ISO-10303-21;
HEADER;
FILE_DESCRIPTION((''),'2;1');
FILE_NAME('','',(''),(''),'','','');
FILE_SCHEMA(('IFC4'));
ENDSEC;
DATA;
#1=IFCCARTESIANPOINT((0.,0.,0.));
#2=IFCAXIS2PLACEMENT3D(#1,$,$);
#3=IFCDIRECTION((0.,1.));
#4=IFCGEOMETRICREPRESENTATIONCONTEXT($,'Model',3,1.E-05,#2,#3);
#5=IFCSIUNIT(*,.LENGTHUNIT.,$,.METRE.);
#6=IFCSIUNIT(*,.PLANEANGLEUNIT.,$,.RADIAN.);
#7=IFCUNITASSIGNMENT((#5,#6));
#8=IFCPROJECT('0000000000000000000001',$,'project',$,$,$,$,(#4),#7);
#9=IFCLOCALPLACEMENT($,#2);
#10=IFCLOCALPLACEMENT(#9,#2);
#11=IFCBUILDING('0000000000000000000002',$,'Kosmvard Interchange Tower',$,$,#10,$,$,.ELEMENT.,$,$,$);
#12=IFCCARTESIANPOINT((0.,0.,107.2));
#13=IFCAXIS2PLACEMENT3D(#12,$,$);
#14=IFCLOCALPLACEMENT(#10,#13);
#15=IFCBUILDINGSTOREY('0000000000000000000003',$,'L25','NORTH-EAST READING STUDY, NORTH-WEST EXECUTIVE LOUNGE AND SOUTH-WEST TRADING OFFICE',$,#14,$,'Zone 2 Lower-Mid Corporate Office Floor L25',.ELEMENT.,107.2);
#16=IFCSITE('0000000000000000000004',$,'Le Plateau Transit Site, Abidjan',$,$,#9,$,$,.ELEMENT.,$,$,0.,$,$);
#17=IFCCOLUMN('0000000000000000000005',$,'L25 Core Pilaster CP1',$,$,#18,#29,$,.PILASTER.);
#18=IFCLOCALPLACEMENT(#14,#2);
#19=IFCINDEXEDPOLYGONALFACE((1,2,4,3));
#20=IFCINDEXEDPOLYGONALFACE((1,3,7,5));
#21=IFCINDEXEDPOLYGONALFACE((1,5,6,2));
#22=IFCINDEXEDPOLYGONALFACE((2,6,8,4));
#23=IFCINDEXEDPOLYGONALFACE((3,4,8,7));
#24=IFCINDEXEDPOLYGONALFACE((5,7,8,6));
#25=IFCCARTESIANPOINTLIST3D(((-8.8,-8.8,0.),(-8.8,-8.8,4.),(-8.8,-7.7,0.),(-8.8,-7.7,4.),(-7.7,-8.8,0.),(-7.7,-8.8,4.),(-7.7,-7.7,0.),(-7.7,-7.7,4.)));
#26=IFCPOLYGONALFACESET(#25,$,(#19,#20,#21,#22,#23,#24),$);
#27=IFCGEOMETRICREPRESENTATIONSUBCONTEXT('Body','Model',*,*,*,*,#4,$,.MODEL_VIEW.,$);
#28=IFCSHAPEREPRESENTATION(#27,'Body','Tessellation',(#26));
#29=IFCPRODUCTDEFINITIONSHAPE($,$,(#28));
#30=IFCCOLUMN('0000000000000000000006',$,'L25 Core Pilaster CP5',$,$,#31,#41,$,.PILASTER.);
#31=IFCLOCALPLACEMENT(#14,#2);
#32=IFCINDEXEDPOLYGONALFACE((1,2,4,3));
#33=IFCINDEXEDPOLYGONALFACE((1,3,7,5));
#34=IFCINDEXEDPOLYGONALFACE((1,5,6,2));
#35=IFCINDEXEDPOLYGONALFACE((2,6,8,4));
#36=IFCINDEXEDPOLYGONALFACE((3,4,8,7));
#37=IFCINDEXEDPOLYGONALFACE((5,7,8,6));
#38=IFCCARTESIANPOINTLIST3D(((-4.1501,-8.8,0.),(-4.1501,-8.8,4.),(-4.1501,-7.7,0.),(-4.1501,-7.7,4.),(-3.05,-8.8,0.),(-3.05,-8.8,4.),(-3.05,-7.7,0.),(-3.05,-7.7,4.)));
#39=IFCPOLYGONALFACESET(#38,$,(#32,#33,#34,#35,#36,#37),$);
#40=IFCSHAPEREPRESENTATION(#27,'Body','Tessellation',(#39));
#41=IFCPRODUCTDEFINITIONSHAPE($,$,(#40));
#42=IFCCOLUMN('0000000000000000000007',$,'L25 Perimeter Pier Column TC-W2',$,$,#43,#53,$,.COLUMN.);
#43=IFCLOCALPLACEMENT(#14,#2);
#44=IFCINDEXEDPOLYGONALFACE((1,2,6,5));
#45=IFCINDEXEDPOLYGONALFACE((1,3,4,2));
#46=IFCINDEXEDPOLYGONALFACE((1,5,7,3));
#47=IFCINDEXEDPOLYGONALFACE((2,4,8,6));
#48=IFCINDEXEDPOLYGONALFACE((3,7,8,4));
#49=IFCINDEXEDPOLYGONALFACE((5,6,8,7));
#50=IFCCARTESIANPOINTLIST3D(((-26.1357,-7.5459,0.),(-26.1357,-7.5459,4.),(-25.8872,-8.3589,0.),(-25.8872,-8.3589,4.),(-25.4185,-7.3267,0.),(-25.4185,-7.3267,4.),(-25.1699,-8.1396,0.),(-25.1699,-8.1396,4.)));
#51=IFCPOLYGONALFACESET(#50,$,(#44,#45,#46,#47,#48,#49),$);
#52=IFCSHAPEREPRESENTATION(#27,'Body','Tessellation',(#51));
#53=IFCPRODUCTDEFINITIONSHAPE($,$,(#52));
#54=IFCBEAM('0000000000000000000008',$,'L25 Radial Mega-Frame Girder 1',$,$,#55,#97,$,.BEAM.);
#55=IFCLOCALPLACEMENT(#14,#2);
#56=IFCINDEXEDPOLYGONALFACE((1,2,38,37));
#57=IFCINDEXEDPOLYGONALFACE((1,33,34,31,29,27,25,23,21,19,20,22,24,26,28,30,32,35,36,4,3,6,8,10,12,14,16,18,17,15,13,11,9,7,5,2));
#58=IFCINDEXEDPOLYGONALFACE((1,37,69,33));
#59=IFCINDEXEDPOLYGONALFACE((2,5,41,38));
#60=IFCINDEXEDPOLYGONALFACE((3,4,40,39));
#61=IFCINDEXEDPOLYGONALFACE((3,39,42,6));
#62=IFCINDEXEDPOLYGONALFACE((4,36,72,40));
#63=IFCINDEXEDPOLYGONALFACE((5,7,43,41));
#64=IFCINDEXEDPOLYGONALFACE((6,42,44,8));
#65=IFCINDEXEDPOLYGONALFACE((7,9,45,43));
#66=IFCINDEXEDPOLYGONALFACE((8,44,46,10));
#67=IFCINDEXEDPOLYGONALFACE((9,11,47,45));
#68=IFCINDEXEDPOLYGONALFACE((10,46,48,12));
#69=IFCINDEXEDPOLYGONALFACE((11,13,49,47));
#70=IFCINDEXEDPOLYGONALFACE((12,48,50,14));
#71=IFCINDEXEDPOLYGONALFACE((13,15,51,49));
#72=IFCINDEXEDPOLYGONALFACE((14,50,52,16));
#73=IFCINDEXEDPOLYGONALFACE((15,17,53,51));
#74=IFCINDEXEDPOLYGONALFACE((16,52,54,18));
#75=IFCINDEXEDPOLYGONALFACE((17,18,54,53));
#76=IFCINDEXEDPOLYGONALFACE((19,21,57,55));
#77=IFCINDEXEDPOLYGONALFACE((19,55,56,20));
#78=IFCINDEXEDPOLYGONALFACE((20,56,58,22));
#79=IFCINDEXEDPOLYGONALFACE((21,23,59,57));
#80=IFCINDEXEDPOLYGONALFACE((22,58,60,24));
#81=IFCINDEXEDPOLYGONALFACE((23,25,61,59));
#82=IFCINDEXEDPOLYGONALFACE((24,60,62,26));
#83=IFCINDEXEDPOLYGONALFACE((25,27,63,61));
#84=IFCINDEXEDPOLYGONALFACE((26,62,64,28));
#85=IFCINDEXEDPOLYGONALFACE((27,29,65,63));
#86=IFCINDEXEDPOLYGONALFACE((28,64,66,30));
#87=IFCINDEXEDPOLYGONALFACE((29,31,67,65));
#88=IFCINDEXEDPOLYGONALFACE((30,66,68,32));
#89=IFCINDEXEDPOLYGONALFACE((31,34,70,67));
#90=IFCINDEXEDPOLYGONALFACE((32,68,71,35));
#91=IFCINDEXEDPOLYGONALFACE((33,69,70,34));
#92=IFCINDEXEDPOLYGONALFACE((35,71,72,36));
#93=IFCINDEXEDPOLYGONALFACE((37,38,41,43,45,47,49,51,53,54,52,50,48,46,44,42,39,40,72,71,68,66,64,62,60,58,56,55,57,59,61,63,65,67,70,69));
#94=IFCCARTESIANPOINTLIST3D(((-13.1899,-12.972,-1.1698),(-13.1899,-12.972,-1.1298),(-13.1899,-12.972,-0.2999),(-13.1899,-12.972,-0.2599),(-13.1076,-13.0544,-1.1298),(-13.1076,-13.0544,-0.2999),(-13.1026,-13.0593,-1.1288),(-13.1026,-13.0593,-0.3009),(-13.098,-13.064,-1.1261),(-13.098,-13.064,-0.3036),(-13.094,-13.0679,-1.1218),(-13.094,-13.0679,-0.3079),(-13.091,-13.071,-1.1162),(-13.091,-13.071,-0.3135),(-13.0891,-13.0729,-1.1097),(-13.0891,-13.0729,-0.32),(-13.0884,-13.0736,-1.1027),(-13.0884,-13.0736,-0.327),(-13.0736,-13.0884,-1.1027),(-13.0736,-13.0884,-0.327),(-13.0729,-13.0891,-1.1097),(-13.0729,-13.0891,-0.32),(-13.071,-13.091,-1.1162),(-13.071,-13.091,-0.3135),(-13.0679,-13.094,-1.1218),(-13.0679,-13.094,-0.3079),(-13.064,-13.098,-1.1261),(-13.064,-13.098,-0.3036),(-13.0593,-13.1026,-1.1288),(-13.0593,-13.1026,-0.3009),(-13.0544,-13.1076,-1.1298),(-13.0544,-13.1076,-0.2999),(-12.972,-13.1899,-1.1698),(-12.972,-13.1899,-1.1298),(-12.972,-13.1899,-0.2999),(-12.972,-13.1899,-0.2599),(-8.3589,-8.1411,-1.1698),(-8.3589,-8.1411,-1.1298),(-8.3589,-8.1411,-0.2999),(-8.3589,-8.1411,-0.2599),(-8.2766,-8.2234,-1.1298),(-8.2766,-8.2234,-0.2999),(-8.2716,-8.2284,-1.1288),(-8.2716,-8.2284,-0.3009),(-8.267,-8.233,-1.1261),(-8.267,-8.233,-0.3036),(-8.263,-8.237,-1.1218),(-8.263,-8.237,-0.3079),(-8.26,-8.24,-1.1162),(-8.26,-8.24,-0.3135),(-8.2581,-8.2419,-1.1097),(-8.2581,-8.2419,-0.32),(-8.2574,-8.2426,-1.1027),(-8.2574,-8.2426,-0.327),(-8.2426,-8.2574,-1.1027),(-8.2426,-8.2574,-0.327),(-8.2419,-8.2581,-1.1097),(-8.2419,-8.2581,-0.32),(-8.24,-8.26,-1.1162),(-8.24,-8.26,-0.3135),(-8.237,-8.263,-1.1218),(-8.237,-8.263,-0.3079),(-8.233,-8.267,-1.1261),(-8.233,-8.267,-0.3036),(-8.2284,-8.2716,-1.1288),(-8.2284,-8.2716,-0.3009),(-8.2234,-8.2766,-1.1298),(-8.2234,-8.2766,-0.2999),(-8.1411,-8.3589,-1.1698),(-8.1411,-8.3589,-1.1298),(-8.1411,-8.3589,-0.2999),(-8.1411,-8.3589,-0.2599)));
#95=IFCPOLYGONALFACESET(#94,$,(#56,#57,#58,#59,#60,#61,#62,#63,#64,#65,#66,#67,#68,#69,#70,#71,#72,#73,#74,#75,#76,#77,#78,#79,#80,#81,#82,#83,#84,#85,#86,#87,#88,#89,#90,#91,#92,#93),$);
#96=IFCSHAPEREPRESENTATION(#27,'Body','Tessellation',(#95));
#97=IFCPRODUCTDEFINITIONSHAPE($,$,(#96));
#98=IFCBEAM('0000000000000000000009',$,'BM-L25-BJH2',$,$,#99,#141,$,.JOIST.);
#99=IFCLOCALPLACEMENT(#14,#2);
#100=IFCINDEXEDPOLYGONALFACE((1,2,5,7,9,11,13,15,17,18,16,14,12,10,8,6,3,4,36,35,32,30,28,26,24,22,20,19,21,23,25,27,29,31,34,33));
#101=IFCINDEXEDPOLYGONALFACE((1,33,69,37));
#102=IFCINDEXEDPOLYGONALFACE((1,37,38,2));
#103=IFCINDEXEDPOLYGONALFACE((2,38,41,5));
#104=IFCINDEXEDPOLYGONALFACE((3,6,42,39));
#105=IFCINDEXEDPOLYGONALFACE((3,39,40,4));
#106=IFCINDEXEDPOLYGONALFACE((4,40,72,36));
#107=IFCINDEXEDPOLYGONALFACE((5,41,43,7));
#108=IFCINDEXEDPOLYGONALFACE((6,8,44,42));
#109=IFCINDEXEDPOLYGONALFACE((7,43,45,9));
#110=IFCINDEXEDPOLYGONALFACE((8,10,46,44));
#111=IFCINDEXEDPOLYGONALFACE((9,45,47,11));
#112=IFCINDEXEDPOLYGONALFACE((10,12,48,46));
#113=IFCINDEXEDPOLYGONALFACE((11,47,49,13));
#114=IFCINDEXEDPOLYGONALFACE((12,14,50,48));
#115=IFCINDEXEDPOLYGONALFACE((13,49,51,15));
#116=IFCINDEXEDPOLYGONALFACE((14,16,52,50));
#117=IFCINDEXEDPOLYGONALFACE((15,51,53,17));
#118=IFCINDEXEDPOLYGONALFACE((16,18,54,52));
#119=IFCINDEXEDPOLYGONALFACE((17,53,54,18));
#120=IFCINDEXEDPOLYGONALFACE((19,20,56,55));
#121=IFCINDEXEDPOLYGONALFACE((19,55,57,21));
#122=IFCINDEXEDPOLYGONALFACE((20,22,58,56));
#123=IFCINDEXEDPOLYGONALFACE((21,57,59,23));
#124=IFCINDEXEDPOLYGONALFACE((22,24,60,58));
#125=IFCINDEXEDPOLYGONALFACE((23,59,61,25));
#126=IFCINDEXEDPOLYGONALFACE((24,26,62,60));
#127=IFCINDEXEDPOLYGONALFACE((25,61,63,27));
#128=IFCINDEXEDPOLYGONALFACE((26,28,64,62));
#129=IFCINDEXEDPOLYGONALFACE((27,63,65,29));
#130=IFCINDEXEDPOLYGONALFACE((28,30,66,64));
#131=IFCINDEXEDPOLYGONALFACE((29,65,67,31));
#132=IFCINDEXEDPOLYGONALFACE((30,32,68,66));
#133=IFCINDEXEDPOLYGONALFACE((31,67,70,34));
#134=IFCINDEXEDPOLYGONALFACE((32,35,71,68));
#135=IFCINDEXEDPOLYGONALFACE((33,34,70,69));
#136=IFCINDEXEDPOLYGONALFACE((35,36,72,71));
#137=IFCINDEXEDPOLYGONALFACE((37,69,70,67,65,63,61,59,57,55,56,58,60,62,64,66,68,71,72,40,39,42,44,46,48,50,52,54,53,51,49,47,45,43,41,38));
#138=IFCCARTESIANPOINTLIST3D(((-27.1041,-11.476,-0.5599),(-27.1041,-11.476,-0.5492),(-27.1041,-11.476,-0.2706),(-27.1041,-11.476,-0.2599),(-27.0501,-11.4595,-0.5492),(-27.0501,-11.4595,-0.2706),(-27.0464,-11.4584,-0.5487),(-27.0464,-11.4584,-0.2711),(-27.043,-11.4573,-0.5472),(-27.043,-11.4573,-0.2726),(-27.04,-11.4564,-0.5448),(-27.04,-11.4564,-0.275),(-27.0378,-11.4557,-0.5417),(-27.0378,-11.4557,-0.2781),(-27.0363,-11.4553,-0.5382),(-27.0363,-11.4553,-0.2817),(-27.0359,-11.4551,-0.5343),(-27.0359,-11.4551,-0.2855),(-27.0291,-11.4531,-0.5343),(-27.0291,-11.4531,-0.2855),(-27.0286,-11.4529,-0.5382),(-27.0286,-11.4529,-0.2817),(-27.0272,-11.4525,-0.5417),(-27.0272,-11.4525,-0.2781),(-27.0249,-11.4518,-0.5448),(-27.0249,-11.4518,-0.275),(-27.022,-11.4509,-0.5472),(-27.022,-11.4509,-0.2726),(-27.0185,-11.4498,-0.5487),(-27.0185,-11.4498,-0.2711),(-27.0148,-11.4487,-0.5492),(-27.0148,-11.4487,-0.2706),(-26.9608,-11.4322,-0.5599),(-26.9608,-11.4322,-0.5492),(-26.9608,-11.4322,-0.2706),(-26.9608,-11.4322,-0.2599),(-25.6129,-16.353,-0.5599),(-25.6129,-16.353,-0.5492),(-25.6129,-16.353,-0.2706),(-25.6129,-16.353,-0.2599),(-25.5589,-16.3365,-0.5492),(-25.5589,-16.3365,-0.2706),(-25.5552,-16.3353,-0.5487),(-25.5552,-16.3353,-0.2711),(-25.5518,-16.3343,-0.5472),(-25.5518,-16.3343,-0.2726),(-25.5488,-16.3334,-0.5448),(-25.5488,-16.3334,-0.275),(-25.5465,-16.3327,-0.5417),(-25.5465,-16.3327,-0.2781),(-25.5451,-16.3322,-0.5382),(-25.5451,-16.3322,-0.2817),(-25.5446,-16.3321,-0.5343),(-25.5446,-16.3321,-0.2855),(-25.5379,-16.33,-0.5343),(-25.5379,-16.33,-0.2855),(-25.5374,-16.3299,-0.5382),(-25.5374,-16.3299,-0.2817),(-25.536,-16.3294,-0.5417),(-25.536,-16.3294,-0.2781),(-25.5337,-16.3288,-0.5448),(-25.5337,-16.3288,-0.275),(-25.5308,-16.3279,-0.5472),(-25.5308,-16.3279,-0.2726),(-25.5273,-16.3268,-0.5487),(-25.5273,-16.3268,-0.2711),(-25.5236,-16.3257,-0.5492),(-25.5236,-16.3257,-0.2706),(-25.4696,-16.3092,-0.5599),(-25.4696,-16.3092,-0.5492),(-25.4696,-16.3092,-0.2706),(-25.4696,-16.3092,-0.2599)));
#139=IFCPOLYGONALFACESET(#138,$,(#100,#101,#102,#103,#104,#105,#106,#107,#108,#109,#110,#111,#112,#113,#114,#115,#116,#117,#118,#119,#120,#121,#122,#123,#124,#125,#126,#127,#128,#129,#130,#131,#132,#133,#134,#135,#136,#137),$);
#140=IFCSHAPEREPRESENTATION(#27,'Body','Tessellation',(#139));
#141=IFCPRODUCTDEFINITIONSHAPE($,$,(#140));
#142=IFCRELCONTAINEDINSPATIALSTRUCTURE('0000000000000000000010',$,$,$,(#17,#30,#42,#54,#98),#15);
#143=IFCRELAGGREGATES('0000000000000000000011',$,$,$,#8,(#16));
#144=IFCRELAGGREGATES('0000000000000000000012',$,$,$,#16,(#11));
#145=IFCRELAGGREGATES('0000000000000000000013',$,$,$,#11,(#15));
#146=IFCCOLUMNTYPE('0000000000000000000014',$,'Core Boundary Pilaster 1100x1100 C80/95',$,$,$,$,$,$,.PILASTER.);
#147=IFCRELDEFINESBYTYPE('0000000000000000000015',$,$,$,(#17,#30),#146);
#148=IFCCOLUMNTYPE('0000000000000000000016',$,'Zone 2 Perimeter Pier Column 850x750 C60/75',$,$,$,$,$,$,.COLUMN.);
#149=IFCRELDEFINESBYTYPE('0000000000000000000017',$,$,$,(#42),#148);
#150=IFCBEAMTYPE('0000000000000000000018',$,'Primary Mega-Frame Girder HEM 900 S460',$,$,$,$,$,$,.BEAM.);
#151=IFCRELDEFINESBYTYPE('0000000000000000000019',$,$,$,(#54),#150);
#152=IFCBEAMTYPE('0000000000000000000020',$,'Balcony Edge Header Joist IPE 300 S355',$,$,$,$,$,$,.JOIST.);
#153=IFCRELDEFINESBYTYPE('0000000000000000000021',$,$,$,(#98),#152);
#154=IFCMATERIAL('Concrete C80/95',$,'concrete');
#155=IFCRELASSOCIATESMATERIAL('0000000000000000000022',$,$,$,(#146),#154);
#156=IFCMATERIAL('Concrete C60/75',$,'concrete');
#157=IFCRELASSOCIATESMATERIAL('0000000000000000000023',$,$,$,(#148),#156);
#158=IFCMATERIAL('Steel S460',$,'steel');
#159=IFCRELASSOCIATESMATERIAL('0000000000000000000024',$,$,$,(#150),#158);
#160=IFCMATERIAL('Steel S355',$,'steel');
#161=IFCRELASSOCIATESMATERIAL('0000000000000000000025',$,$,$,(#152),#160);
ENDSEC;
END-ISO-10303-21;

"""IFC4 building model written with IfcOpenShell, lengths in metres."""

from ifc_helpers import new_model, si_unit, direction, frame, origin, origin_2d, place, context, subcontext, project, spatial, rectangle, i_section, extrude, source, transform, mapped, material, material_profile, profile_set, type_object, element, save


model = new_model("IFC4")

# Units and contexts
model_context = context("Model", 3, precision=1e-05, world=origin(), true_north=direction((0.0, 1.0)))
body_context = subcontext(model_context, "Body", "Model", "MODEL_VIEW")
ifc_project = project(units=[si_unit("LENGTHUNIT", "METRE"), si_unit("PLANEANGLEUNIT", "RADIAN")], contexts=[model_context])

# Site, building, storey
site_placement = place(None, origin())
site = spatial("IfcSite", under=ifc_project, at=site_placement, Name="Le Plateau Transit Site, Abidjan", CompositionType="ELEMENT", RefElevation=0.0)
building_placement = place(site_placement, origin())
building = spatial("IfcBuilding", under=site, at=building_placement, Name="Kosmvard Interchange Tower", CompositionType="ELEMENT")
storey_placement = place(building_placement, frame((0.0, 0.0, 107.2)))
storey = spatial("IfcBuildingStorey", under=building, at=storey_placement, Name="L25", Description="NORTH-EAST READING STUDY, NORTH-WEST EXECUTIVE LOUNGE AND SOUTH-WEST TRADING OFFICE", LongName="Zone 2 Lower-Mid Corporate Office Floor L25", CompositionType="ELEMENT", Elevation=107.2)

# Columns
ifc_material_1 = material(Name="Concrete C80/95", Category="concrete")
ifc_material_profile_1 = material_profile(ifc_material_1, rectangle(XDim=1.1001, YDim=1.1001, at=origin_2d()), Name="CP 1100x1100")
ifc_profile_set_1 = profile_set([ifc_material_profile_1], Name="Concrete C80/95")
column_type_1 = type_object("IfcColumnType", Name="Core Boundary Pilaster 1100x1100 C80/95", PredefinedType="PILASTER", material=ifc_profile_set_1)
shared_shape_1 = source(origin(), body_context, "Body", "SweptSolid", [
    extrude(rectangle(XDim=1.1001, YDim=1.1001, at=origin_2d()), origin(), (0.0, 0.0, 1.0), 4.0),
])
for number, where, z_axis, x_axis, name in (
    (1, (-8.25, -8.25, 0.0), (0.0, 0.0, 1.0), (1.0, 0.0, 0.0), "L25 Core Pilaster CP1"),
    (2, (-3.6001, -8.25, 0.0), (0.0, 0.0, 1.0), (1.0, 0.0, 0.0), "L25 Core Pilaster CP5"),
):
    element("IfcColumn", number, at=place(storey_placement, frame(where, z_axis=z_axis, x_axis=x_axis)), inside=storey, type_object=column_type_1, Name=name, PredefinedType="PILASTER", context=body_context, shape_type="MappedRepresentation", body=[
        mapped(shared_shape_1, transform((0.0, 0.0, 0.0), scale=1.0)),
    ])
ifc_material_2 = material(Name="Concrete C60/75", Category="concrete")
ifc_material_profile_2 = material_profile(ifc_material_2, rectangle(XDim=0.75, YDim=0.8501, at=origin_2d()), Name="TC 850x750")
ifc_profile_set_2 = profile_set([ifc_material_profile_2], Name="Concrete C60/75")
column_type_2 = type_object("IfcColumnType", Name="Zone 2 Perimeter Pier Column 850x750 C60/75", PredefinedType="COLUMN", material=ifc_profile_set_2)
shared_shape_2 = source(origin(), body_context, "Body", "SweptSolid", [
    extrude(rectangle(XDim=0.75, YDim=0.8501, at=origin_2d()), origin(), (0.0, 0.0, 1.0), 4.0),
])
column_placement = place(storey_placement, frame((-25.6528, -7.8428, 0.0), z_axis=(0.0, 0.0, 1.0), x_axis=(0.956305, 0.292372, 0.0)))
element("IfcColumn", 3, at=column_placement, inside=storey, type_object=column_type_2, Name="L25 Perimeter Pier Column TC-W2", PredefinedType="COLUMN", context=body_context, shape_type="MappedRepresentation", body=[
    mapped(shared_shape_2, transform((0.0, 0.0, 0.0), scale=1.0)),
])

# Beams
ifc_material_3 = material(Name="Steel S460", Category="steel")
ifc_material_profile_3 = material_profile(ifc_material_3, i_section(OverallWidth=0.3081, OverallDepth=0.9099, WebThickness=0.021, FlangeThickness=0.04, FilletRadius=0.0271, at=origin_2d()), Name="HEM 900")
ifc_profile_set_3 = profile_set([ifc_material_profile_3], Name="Steel S460")
beam_type_1 = type_object("IfcBeamType", Name="Primary Mega-Frame Girder HEM 900 S460", PredefinedType="BEAM", material=ifc_profile_set_3)
shared_shape_3 = source(origin(), body_context, "Body", "SweptSolid", [
    extrude(i_section(OverallWidth=0.3081, OverallDepth=0.9099, WebThickness=0.021, FlangeThickness=0.04, FilletRadius=0.0271, at=origin_2d()), origin(), (0.0, 0.0, 1.0), 6.832),
])
beam_1_placement = place(storey_placement, frame((-8.25, -8.25, -0.7148), z_axis=(-0.707107, -0.707107, 0.0), x_axis=(0.707107, -0.707107, 0.0)))
element("IfcBeam", 4, at=beam_1_placement, inside=storey, type_object=beam_type_1, Name="L25 Radial Mega-Frame Girder 1", PredefinedType="BEAM", context=body_context, shape_type="MappedRepresentation", body=[
    mapped(shared_shape_3, transform((0.0, 0.0, 0.0), scale=1.0)),
])
ifc_material_4 = material(Name="Steel S355", Category="steel")
ifc_material_profile_4 = material_profile(ifc_material_4, i_section(OverallWidth=0.1499, OverallDepth=0.3, WebThickness=0.0071, FlangeThickness=0.0107, FilletRadius=0.0149, at=origin_2d()), Name="IPE 300")
ifc_profile_set_4 = profile_set([ifc_material_profile_4], Name="Steel S355")
beam_type_2 = type_object("IfcBeamType", Name="Balcony Edge Header Joist IPE 300 S355", PredefinedType="JOIST", material=ifc_profile_set_4)
shared_shape_4 = source(origin(), body_context, "Body", "SweptSolid", [
    extrude(i_section(OverallWidth=0.1499, OverallDepth=0.3, WebThickness=0.0071, FlangeThickness=0.0107, FilletRadius=0.0149, at=origin_2d()), origin(), (0.0, 0.0, 1.0), 5.0999),
])
beam_2_placement = place(storey_placement, frame((-27.0325, -11.4541, -0.4099), z_axis=(0.292403, -0.956295, 0.0), x_axis=(0.956295, 0.292403, 0.0)))
element("IfcBeam", 5, at=beam_2_placement, inside=storey, type_object=beam_type_2, Name="BM-L25-BJH2", PredefinedType="JOIST", context=body_context, shape_type="MappedRepresentation", body=[
    mapped(shared_shape_4, transform((0.0, 0.0, 0.0), scale=1.0)),
])

save(model, "model.ifc")
